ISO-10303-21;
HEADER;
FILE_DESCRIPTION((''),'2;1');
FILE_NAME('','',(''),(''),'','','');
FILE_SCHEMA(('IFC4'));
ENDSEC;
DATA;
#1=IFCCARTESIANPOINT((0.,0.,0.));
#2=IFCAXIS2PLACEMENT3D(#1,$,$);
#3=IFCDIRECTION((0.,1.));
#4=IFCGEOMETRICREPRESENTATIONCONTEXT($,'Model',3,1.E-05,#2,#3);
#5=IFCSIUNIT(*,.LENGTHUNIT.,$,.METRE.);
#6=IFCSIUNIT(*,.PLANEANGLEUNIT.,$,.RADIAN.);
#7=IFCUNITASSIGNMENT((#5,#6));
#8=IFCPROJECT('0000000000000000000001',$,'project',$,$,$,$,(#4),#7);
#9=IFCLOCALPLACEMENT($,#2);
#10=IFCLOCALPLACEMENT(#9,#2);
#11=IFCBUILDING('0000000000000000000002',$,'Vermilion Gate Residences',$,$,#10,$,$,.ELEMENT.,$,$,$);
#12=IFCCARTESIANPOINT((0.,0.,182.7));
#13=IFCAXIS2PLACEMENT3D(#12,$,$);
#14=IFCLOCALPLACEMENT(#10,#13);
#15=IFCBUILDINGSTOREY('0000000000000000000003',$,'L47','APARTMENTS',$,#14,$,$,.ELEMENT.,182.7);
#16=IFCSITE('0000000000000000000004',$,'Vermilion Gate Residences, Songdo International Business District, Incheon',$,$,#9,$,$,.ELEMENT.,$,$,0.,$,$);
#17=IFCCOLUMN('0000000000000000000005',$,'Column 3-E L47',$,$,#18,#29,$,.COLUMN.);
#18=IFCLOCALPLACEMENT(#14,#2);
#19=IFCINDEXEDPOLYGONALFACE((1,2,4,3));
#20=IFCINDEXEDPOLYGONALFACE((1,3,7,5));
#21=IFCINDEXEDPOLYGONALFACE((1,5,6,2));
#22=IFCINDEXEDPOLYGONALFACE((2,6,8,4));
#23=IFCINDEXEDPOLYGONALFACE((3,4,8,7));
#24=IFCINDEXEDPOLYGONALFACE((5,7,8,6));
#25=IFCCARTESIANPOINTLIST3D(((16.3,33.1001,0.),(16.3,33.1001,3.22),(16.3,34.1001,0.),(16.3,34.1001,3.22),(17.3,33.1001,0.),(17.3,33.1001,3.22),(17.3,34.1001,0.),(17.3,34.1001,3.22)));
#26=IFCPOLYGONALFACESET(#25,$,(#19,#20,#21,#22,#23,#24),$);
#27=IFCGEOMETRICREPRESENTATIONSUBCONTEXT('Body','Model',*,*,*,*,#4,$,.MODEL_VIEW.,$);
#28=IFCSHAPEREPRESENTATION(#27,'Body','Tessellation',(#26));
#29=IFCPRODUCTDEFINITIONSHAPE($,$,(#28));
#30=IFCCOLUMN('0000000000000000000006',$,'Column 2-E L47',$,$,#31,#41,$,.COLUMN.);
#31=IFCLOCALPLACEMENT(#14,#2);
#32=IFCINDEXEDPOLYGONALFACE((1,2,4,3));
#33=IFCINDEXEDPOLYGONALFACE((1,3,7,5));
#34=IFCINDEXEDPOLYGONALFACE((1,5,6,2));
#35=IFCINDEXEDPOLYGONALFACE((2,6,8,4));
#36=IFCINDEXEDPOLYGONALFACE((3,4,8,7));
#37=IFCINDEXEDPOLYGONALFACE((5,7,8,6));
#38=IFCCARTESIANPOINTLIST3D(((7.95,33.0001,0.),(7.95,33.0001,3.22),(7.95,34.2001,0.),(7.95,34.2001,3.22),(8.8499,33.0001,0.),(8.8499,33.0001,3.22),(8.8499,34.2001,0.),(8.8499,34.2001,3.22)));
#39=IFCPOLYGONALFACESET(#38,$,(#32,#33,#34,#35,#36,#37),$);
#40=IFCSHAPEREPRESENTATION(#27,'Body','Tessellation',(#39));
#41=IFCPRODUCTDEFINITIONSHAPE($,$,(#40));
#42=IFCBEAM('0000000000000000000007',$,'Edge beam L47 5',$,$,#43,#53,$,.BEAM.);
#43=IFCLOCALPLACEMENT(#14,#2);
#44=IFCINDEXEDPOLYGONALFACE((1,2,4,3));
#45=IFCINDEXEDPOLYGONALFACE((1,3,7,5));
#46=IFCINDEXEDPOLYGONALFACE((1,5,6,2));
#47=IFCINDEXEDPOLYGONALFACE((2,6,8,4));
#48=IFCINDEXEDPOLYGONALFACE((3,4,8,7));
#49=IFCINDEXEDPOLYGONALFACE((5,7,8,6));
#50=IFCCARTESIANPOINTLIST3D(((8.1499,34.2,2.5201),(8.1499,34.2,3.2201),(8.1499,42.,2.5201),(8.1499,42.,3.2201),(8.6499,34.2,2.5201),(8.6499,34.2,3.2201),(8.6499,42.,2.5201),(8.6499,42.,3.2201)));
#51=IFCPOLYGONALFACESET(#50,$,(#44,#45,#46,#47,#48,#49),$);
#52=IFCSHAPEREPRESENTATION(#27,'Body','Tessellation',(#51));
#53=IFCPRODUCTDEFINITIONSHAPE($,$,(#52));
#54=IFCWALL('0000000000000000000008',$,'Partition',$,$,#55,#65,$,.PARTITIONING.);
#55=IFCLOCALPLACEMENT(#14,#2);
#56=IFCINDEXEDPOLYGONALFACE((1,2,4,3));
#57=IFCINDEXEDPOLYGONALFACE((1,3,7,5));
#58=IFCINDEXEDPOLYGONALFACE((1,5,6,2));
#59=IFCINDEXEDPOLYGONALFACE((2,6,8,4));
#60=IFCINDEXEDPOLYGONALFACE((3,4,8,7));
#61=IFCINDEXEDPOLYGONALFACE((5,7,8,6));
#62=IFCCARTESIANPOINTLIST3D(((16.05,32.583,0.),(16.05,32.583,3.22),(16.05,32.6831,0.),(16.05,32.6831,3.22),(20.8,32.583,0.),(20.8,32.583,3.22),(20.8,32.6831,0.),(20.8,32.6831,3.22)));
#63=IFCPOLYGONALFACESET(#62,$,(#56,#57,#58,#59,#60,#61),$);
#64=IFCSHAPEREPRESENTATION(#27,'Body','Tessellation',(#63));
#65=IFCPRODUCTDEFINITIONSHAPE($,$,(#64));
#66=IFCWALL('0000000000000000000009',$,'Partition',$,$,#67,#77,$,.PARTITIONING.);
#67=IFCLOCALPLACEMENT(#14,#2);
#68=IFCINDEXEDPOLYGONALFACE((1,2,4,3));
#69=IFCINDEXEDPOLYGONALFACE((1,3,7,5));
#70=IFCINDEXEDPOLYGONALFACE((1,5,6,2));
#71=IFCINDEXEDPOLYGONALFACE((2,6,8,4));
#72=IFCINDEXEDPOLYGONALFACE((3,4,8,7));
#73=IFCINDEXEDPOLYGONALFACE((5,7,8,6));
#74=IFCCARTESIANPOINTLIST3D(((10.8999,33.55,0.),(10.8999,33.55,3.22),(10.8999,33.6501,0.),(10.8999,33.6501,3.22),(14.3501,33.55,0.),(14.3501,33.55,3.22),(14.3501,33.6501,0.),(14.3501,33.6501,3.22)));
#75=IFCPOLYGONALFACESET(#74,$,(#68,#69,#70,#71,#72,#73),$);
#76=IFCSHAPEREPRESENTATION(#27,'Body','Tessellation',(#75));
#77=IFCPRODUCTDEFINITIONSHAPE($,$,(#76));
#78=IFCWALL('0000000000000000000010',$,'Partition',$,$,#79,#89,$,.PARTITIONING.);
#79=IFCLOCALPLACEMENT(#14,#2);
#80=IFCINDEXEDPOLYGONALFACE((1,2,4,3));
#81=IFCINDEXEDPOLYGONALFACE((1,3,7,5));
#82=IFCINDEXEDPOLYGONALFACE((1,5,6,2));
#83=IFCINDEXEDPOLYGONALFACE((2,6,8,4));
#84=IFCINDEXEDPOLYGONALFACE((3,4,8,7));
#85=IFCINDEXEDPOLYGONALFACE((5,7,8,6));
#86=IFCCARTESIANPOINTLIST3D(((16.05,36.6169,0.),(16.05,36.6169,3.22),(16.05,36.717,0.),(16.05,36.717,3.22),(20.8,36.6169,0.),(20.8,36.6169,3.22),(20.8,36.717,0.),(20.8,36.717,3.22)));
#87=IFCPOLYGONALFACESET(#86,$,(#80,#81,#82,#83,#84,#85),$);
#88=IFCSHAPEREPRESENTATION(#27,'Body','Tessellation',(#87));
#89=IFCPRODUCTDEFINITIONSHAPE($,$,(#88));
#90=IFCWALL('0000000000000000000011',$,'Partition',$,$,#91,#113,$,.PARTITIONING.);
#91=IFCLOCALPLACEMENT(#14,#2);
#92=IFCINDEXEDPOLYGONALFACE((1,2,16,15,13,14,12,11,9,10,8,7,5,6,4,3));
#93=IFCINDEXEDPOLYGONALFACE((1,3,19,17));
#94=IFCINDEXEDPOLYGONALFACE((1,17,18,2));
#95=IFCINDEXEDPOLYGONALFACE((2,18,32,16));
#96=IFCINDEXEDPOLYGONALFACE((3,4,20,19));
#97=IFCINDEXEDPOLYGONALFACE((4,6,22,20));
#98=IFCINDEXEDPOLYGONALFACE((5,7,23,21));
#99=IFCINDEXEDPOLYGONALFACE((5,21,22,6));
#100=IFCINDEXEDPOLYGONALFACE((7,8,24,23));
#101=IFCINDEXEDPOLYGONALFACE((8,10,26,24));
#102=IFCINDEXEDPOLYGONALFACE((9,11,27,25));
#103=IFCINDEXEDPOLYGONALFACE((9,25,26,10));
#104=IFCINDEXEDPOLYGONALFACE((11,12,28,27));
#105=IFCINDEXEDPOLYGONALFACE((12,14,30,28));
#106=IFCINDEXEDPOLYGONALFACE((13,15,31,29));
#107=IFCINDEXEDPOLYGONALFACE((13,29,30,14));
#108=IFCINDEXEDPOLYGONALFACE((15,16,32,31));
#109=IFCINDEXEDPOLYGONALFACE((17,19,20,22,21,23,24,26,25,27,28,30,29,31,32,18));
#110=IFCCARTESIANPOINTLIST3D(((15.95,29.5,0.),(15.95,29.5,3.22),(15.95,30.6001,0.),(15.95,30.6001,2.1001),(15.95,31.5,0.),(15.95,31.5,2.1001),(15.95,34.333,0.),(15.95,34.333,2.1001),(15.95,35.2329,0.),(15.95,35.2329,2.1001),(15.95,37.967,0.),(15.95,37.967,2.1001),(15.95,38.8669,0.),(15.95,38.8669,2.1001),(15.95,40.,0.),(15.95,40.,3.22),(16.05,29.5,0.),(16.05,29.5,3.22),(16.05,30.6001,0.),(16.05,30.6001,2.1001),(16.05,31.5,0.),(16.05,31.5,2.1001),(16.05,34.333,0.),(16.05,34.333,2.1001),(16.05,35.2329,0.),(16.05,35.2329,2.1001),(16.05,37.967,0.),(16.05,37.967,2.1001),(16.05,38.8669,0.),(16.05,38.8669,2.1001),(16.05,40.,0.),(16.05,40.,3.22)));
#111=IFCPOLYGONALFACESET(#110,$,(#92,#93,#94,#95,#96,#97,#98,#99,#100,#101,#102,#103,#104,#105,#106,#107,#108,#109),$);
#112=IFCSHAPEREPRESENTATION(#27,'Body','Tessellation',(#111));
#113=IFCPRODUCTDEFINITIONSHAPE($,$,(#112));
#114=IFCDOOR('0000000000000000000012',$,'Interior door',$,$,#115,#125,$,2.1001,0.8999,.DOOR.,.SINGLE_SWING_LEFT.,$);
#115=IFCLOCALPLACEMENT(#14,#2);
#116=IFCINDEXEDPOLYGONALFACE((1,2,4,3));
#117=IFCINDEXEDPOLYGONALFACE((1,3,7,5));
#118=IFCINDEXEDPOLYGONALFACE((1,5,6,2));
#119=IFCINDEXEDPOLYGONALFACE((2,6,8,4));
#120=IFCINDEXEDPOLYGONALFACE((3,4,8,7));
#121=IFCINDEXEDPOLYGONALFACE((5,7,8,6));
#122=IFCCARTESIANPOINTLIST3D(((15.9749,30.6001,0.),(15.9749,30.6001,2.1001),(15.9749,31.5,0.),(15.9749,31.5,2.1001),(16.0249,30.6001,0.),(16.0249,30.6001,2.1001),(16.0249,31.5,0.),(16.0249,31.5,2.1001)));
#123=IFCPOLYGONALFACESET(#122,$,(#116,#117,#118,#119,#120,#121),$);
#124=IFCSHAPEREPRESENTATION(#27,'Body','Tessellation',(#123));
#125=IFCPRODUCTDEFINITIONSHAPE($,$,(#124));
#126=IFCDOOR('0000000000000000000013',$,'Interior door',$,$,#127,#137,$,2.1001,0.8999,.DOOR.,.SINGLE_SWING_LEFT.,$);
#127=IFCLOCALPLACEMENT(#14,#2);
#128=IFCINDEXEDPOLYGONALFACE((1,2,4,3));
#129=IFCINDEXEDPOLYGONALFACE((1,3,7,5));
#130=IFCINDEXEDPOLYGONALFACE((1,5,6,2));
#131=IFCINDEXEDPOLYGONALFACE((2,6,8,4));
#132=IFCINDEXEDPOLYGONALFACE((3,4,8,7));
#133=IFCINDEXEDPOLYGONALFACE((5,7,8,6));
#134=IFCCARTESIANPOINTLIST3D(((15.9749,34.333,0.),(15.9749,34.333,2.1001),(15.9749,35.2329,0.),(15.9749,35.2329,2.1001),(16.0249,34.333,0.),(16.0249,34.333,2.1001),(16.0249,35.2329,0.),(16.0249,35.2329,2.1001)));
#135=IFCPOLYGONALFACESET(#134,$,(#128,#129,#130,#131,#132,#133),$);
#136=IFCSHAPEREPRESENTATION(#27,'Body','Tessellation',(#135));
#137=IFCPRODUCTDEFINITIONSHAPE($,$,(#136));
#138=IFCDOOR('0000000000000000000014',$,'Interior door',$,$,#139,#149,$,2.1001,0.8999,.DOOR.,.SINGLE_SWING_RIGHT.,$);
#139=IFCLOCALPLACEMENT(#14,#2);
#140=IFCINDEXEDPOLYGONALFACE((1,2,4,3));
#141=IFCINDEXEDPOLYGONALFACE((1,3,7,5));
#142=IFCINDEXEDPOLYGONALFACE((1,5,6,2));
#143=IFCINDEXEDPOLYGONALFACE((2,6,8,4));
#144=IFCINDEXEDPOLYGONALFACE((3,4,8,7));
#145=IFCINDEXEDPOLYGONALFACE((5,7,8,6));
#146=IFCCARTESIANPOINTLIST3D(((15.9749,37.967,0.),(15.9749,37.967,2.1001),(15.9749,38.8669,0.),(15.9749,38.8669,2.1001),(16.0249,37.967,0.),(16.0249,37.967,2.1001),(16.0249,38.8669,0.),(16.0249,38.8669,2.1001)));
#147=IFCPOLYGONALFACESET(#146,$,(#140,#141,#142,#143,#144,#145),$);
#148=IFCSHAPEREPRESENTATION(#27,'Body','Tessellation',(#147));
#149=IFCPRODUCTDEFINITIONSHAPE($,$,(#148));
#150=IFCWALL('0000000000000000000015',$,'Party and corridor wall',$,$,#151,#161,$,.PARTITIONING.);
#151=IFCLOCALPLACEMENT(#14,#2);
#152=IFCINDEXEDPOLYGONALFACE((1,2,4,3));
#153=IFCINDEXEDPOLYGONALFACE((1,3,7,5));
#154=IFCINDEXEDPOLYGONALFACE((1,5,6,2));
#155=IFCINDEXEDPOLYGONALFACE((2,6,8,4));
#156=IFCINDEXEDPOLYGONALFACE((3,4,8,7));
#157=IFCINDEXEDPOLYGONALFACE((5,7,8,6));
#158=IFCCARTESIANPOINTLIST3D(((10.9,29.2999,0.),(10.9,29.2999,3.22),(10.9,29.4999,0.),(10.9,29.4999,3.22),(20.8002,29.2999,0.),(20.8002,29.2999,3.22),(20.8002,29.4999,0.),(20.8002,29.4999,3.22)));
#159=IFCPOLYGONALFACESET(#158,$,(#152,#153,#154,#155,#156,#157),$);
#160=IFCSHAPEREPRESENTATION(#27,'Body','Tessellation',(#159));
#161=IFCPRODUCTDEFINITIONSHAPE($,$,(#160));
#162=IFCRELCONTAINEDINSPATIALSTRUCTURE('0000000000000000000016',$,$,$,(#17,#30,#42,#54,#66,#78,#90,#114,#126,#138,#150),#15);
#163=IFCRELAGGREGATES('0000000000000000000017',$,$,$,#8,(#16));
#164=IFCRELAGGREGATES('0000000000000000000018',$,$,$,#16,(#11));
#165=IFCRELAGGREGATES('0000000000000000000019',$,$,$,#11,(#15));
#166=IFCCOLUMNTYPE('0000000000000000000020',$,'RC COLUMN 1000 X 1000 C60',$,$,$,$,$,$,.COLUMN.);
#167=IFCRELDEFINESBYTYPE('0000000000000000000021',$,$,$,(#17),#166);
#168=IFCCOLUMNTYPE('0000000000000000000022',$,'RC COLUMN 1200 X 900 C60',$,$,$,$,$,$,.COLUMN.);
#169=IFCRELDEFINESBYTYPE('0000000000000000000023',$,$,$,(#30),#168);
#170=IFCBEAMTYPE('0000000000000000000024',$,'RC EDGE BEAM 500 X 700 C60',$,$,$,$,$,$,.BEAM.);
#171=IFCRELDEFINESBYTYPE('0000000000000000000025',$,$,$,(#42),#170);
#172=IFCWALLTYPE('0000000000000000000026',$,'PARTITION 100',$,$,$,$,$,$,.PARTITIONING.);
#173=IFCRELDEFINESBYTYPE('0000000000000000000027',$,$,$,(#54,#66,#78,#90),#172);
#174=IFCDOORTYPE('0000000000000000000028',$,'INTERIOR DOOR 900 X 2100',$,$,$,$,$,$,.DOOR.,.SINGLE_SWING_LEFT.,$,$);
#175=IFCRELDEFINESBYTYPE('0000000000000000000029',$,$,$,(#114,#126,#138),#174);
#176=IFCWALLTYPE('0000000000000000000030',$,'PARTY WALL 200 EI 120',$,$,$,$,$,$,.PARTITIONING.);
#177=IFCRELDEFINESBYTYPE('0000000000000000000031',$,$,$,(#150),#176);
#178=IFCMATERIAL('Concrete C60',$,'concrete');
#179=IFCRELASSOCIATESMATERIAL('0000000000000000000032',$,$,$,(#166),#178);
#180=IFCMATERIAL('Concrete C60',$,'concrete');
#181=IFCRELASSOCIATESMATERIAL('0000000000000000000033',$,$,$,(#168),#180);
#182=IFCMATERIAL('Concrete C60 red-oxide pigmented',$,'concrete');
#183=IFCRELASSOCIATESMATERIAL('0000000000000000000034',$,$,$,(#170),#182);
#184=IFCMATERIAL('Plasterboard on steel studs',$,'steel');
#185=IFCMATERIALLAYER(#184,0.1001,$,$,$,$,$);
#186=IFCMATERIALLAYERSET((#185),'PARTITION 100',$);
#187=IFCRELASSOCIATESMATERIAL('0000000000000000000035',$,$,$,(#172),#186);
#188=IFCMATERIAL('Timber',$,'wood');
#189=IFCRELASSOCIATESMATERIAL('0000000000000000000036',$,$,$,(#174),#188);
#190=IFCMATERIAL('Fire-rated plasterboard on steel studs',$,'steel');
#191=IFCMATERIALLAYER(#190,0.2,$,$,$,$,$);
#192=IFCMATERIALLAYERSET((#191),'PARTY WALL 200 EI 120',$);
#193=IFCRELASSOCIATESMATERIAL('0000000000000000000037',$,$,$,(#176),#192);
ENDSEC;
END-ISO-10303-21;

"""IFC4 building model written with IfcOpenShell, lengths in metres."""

from ifc_helpers import new_model, si_unit, direction, frame, frame_2d, origin, origin_2d, place, context, subcontext, project, spatial, rectangle, extrude, material, layer, layer_set, material_profile, profile_set, type_object, element, fill, save


model = new_model("IFC4")

# Units and contexts
model_context = context("Model", 3, precision=1e-05, world=origin(), true_north=direction((0.0, 1.0)))
body_context = subcontext(model_context, "Body", "Model", "MODEL_VIEW")
ifc_project = project(units=[si_unit("LENGTHUNIT", "METRE"), si_unit("PLANEANGLEUNIT", "RADIAN")], contexts=[model_context])

# Site, building, storey
site_placement = place(None, origin())
site = spatial("IfcSite", under=ifc_project, at=site_placement, Name="Vermilion Gate Residences, Songdo International Business District, Incheon", CompositionType="ELEMENT", RefElevation=0.0)
building_placement = place(site_placement, origin())
building = spatial("IfcBuilding", under=site, at=building_placement, Name="Vermilion Gate Residences", CompositionType="ELEMENT")
storey_placement = place(building_placement, frame((0.0, 0.0, 182.7)))
storey = spatial("IfcBuildingStorey", under=building, at=storey_placement, Name="L47", Description="APARTMENTS", CompositionType="ELEMENT", Elevation=182.7)

# Columns
ifc_material_1 = material(Name="Concrete C60", Category="concrete")
ifc_material_profile_1 = material_profile(ifc_material_1, rectangle(XDim=1.0, YDim=1.0, at=origin_2d()), Name="RC-1000x1000")
ifc_profile_set_1 = profile_set([ifc_material_profile_1], Name="Concrete C60")
column_type_1 = type_object("IfcColumnType", Name="RC COLUMN 1000 X 1000 C60", PredefinedType="COLUMN", material=ifc_profile_set_1)
column_1_placement = place(storey_placement, frame((16.8, 33.6001, 0.0), z_axis=(0.0, 0.0, 1.0), x_axis=(1.0, 0.0, 0.0)))
element("IfcColumn", 1, at=column_1_placement, inside=storey, type_object=column_type_1, Name="Column 3-E L47", PredefinedType="COLUMN", context=body_context, shape_type="SweptSolid", body=[
    extrude(rectangle(XDim=1.0, YDim=1.0, at=origin_2d()), origin(), (0.0, 0.0, 1.0), 3.22),
])
ifc_material_2 = material(Name="Concrete C60", Category="concrete")
ifc_material_profile_2 = material_profile(ifc_material_2, rectangle(XDim=1.2, YDim=0.8999, at=origin_2d()), Name="RC-1200x900")
ifc_profile_set_2 = profile_set([ifc_material_profile_2], Name="Concrete C60")
column_type_2 = type_object("IfcColumnType", Name="RC COLUMN 1200 X 900 C60", PredefinedType="COLUMN", material=ifc_profile_set_2)
column_2_placement = place(storey_placement, frame((8.3999, 33.6001, 0.0), z_axis=(0.0, 0.0, 1.0), x_axis=(0.0, 1.0, 0.0)))
element("IfcColumn", 2, at=column_2_placement, inside=storey, type_object=column_type_2, Name="Column 2-E L47", PredefinedType="COLUMN", context=body_context, shape_type="SweptSolid", body=[
    extrude(rectangle(XDim=1.2, YDim=0.8999, at=origin_2d()), origin(), (0.0, 0.0, 1.0), 3.22),
])

# Beam
ifc_material_3 = material(Name="Concrete C60 red-oxide pigmented", Category="concrete")
ifc_material_profile_3 = material_profile(ifc_material_3, rectangle(XDim=0.5, YDim=0.7, at=origin_2d()), Name="RC-500x700")
ifc_profile_set_3 = profile_set([ifc_material_profile_3], Name="Concrete C60 red-oxide pigmented")
beam_type = type_object("IfcBeamType", Name="RC EDGE BEAM 500 X 700 C60", PredefinedType="BEAM", material=ifc_profile_set_3)
beam_placement = place(storey_placement, frame((8.3999, 34.2, 2.8701), z_axis=(0.0, 1.0, 0.0), x_axis=(-1.0, 0.0, 0.0)))
element("IfcBeam", 3, at=beam_placement, inside=storey, type_object=beam_type, Name="Edge beam L47 5", PredefinedType="BEAM", context=body_context, shape_type="SweptSolid", body=[
    extrude(rectangle(XDim=0.5, YDim=0.7, at=origin_2d()), origin(), (0.0, 0.0, 1.0), 7.8),
])

# Walls
ifc_material_4 = material(Name="Plasterboard on steel studs", Category="steel")
ifc_layer_1 = layer(ifc_material_4, 0.1001)
ifc_layer_set_1 = layer_set([ifc_layer_1], Name="PARTITION 100")
wall_type_1 = type_object("IfcWallType", Name="PARTITION 100", PredefinedType="PARTITIONING", material=ifc_layer_set_1)
wall_1_placement = place(storey_placement, frame((16.05, 32.6331, 0.0), z_axis=(0.0, 0.0, 1.0), x_axis=(1.0, 0.0, 0.0)))
element("IfcWall", 4, at=wall_1_placement, inside=storey, type_object=wall_type_1, Name="Partition", PredefinedType="PARTITIONING", context=body_context, shape_type="SweptSolid", body=[
    extrude(rectangle(XDim=4.75, YDim=0.1001, at=frame_2d((2.375, 0.0))), origin(), (0.0, 0.0, 1.0), 3.22),
])
wall_2_placement = place(storey_placement, frame((10.8999, 33.6001, 0.0), z_axis=(0.0, 0.0, 1.0), x_axis=(1.0, 0.0, 0.0)))
element("IfcWall", 5, at=wall_2_placement, inside=storey, type_object=wall_type_1, Name="Partition", PredefinedType="PARTITIONING", context=body_context, shape_type="SweptSolid", body=[
    extrude(rectangle(XDim=3.4502, YDim=0.1001, at=frame_2d((1.7251, 0.0))), origin(), (0.0, 0.0, 1.0), 3.22),
])
wall_3_placement = place(storey_placement, frame((16.05, 36.667, 0.0), z_axis=(0.0, 0.0, 1.0), x_axis=(1.0, 0.0, 0.0)))
element("IfcWall", 6, at=wall_3_placement, inside=storey, type_object=wall_type_1, Name="Partition", PredefinedType="PARTITIONING", context=body_context, shape_type="SweptSolid", body=[
    extrude(rectangle(XDim=4.75, YDim=0.1001, at=frame_2d((2.375, 0.0))), origin(), (0.0, 0.0, 1.0), 3.22),
])

# Wall, openings, doors
wall_4_placement = place(storey_placement, frame((16.0, 29.5, 0.0), z_axis=(0.0, 0.0, 1.0), x_axis=(0.0, 1.0, 0.0)))
wall_4 = element("IfcWall", 7, at=wall_4_placement, inside=storey, type_object=wall_type_1, Name="Partition", PredefinedType="PARTITIONING", context=body_context, shape_type="SweptSolid", body=[
    extrude(rectangle(XDim=10.5, YDim=0.1001, at=frame_2d((5.25, 0.0))), origin(), (0.0, 0.0, 1.0), 3.22),
])
opening_1_placement = place(wall_4_placement, frame((1.1001, 0.0, 0.0)))
opening_1 = element("IfcOpeningElement", 8, at=opening_1_placement, cuts=wall_4, PredefinedType="OPENING", context=body_context, shape_type="SweptSolid", body=[
    extrude(rectangle(XDim=0.8999, YDim=2.1001, at=frame_2d((0.45, 1.05))), frame((0.0, 0.0601, 0.0), z_axis=(0.0, -1.0, 0.0), x_axis=(1.0, 0.0, 0.0)), (0.0, 0.0, 1.0), 0.1201),
])
opening_2_placement = place(wall_4_placement, frame((4.833, 0.0, 0.0)))
opening_2 = element("IfcOpeningElement", 9, at=opening_2_placement, cuts=wall_4, PredefinedType="OPENING", context=body_context, shape_type="SweptSolid", body=[
    extrude(rectangle(XDim=0.8999, YDim=2.1001, at=frame_2d((0.45, 1.05))), frame((0.0, 0.0601, 0.0), z_axis=(0.0, -1.0, 0.0), x_axis=(1.0, 0.0, 0.0)), (0.0, 0.0, 1.0), 0.1201),
])
opening_3_placement = place(wall_4_placement, frame((8.467, 0.0, 0.0)))
opening_3 = element("IfcOpeningElement", 10, at=opening_3_placement, cuts=wall_4, PredefinedType="OPENING", context=body_context, shape_type="SweptSolid", body=[
    extrude(rectangle(XDim=0.8999, YDim=2.1001, at=frame_2d((0.45, 1.05))), frame((0.0, 0.0601, 0.0), z_axis=(0.0, -1.0, 0.0), x_axis=(1.0, 0.0, 0.0)), (0.0, 0.0, 1.0), 0.1201),
])
ifc_material_5 = material(Name="Timber", Category="wood")
door_type = type_object("IfcDoorType", Name="INTERIOR DOOR 900 X 2100", OperationType="SINGLE_SWING_LEFT", PredefinedType="DOOR", material=ifc_material_5)
door_1_placement = place(opening_1_placement, frame((0.8999, 0.0, 0.0), z_axis=(0.0, 0.0, 1.0), x_axis=(-1.0, 0.0, 0.0)))
door_1 = element("IfcDoor", 11, at=door_1_placement, inside=storey, type_object=door_type, Name="Interior door", OperationType="SINGLE_SWING_LEFT", OverallHeight=2.1001, OverallWidth=0.8999, PredefinedType="DOOR", context=body_context, shape_type="SweptSolid", body=[
    extrude(rectangle(XDim=0.8999, YDim=2.1001, at=frame_2d((0.45, 1.05))), frame((0.0, 0.0249, 0.0), z_axis=(0.0, -1.0, 0.0), x_axis=(1.0, 0.0, 0.0)), (0.0, 0.0, 1.0), 0.05),
])
fill(opening_1, door_1)
door_2_placement = place(opening_2_placement, frame((0.8999, 0.0, 0.0), z_axis=(0.0, 0.0, 1.0), x_axis=(-1.0, 0.0, 0.0)))
door_2 = element("IfcDoor", 12, at=door_2_placement, inside=storey, type_object=door_type, Name="Interior door", OperationType="SINGLE_SWING_LEFT", OverallHeight=2.1001, OverallWidth=0.8999, PredefinedType="DOOR", context=body_context, shape_type="SweptSolid", body=[
    extrude(rectangle(XDim=0.8999, YDim=2.1001, at=frame_2d((0.45, 1.05))), frame((0.0, 0.0249, 0.0), z_axis=(0.0, -1.0, 0.0), x_axis=(1.0, 0.0, 0.0)), (0.0, 0.0, 1.0), 0.05),
])
fill(opening_2, door_2)
door_3_placement = place(opening_3_placement, frame((0.8999, 0.0, 0.0), z_axis=(0.0, 0.0, 1.0), x_axis=(-1.0, 0.0, 0.0)))
door_3 = element("IfcDoor", 13, at=door_3_placement, inside=storey, type_object=door_type, Name="Interior door", OperationType="SINGLE_SWING_RIGHT", OverallHeight=2.1001, OverallWidth=0.8999, PredefinedType="DOOR", context=body_context, shape_type="SweptSolid", body=[
    extrude(rectangle(XDim=0.8999, YDim=2.1001, at=frame_2d((0.45, 1.05))), frame((0.0, 0.0249, 0.0), z_axis=(0.0, -1.0, 0.0), x_axis=(1.0, 0.0, 0.0)), (0.0, 0.0, 1.0), 0.05),
])
fill(opening_3, door_3)

# Wall
ifc_material_6 = material(Name="Fire-rated plasterboard on steel studs", Category="steel")
ifc_layer_2 = layer(ifc_material_6, 0.2)
ifc_layer_set_2 = layer_set([ifc_layer_2], Name="PARTY WALL 200 EI 120")
wall_type_2 = type_object("IfcWallType", Name="PARTY WALL 200 EI 120", PredefinedType="PARTITIONING", material=ifc_layer_set_2)
wall_5_placement = place(storey_placement, frame((10.8999, 29.3999, 0.0), z_axis=(0.0, 0.0, 1.0), x_axis=(1.0, 0.0, 0.0)))
element("IfcWall", 14, at=wall_5_placement, inside=storey, type_object=wall_type_2, Name="Party and corridor wall", PredefinedType="PARTITIONING", context=body_context, shape_type="SweptSolid", body=[
    extrude(rectangle(XDim=9.9001, YDim=0.2, at=frame_2d((4.9502, 0.0))), origin(), (0.0, 0.0, 1.0), 3.22),
])

save(model, "model.ifc")
